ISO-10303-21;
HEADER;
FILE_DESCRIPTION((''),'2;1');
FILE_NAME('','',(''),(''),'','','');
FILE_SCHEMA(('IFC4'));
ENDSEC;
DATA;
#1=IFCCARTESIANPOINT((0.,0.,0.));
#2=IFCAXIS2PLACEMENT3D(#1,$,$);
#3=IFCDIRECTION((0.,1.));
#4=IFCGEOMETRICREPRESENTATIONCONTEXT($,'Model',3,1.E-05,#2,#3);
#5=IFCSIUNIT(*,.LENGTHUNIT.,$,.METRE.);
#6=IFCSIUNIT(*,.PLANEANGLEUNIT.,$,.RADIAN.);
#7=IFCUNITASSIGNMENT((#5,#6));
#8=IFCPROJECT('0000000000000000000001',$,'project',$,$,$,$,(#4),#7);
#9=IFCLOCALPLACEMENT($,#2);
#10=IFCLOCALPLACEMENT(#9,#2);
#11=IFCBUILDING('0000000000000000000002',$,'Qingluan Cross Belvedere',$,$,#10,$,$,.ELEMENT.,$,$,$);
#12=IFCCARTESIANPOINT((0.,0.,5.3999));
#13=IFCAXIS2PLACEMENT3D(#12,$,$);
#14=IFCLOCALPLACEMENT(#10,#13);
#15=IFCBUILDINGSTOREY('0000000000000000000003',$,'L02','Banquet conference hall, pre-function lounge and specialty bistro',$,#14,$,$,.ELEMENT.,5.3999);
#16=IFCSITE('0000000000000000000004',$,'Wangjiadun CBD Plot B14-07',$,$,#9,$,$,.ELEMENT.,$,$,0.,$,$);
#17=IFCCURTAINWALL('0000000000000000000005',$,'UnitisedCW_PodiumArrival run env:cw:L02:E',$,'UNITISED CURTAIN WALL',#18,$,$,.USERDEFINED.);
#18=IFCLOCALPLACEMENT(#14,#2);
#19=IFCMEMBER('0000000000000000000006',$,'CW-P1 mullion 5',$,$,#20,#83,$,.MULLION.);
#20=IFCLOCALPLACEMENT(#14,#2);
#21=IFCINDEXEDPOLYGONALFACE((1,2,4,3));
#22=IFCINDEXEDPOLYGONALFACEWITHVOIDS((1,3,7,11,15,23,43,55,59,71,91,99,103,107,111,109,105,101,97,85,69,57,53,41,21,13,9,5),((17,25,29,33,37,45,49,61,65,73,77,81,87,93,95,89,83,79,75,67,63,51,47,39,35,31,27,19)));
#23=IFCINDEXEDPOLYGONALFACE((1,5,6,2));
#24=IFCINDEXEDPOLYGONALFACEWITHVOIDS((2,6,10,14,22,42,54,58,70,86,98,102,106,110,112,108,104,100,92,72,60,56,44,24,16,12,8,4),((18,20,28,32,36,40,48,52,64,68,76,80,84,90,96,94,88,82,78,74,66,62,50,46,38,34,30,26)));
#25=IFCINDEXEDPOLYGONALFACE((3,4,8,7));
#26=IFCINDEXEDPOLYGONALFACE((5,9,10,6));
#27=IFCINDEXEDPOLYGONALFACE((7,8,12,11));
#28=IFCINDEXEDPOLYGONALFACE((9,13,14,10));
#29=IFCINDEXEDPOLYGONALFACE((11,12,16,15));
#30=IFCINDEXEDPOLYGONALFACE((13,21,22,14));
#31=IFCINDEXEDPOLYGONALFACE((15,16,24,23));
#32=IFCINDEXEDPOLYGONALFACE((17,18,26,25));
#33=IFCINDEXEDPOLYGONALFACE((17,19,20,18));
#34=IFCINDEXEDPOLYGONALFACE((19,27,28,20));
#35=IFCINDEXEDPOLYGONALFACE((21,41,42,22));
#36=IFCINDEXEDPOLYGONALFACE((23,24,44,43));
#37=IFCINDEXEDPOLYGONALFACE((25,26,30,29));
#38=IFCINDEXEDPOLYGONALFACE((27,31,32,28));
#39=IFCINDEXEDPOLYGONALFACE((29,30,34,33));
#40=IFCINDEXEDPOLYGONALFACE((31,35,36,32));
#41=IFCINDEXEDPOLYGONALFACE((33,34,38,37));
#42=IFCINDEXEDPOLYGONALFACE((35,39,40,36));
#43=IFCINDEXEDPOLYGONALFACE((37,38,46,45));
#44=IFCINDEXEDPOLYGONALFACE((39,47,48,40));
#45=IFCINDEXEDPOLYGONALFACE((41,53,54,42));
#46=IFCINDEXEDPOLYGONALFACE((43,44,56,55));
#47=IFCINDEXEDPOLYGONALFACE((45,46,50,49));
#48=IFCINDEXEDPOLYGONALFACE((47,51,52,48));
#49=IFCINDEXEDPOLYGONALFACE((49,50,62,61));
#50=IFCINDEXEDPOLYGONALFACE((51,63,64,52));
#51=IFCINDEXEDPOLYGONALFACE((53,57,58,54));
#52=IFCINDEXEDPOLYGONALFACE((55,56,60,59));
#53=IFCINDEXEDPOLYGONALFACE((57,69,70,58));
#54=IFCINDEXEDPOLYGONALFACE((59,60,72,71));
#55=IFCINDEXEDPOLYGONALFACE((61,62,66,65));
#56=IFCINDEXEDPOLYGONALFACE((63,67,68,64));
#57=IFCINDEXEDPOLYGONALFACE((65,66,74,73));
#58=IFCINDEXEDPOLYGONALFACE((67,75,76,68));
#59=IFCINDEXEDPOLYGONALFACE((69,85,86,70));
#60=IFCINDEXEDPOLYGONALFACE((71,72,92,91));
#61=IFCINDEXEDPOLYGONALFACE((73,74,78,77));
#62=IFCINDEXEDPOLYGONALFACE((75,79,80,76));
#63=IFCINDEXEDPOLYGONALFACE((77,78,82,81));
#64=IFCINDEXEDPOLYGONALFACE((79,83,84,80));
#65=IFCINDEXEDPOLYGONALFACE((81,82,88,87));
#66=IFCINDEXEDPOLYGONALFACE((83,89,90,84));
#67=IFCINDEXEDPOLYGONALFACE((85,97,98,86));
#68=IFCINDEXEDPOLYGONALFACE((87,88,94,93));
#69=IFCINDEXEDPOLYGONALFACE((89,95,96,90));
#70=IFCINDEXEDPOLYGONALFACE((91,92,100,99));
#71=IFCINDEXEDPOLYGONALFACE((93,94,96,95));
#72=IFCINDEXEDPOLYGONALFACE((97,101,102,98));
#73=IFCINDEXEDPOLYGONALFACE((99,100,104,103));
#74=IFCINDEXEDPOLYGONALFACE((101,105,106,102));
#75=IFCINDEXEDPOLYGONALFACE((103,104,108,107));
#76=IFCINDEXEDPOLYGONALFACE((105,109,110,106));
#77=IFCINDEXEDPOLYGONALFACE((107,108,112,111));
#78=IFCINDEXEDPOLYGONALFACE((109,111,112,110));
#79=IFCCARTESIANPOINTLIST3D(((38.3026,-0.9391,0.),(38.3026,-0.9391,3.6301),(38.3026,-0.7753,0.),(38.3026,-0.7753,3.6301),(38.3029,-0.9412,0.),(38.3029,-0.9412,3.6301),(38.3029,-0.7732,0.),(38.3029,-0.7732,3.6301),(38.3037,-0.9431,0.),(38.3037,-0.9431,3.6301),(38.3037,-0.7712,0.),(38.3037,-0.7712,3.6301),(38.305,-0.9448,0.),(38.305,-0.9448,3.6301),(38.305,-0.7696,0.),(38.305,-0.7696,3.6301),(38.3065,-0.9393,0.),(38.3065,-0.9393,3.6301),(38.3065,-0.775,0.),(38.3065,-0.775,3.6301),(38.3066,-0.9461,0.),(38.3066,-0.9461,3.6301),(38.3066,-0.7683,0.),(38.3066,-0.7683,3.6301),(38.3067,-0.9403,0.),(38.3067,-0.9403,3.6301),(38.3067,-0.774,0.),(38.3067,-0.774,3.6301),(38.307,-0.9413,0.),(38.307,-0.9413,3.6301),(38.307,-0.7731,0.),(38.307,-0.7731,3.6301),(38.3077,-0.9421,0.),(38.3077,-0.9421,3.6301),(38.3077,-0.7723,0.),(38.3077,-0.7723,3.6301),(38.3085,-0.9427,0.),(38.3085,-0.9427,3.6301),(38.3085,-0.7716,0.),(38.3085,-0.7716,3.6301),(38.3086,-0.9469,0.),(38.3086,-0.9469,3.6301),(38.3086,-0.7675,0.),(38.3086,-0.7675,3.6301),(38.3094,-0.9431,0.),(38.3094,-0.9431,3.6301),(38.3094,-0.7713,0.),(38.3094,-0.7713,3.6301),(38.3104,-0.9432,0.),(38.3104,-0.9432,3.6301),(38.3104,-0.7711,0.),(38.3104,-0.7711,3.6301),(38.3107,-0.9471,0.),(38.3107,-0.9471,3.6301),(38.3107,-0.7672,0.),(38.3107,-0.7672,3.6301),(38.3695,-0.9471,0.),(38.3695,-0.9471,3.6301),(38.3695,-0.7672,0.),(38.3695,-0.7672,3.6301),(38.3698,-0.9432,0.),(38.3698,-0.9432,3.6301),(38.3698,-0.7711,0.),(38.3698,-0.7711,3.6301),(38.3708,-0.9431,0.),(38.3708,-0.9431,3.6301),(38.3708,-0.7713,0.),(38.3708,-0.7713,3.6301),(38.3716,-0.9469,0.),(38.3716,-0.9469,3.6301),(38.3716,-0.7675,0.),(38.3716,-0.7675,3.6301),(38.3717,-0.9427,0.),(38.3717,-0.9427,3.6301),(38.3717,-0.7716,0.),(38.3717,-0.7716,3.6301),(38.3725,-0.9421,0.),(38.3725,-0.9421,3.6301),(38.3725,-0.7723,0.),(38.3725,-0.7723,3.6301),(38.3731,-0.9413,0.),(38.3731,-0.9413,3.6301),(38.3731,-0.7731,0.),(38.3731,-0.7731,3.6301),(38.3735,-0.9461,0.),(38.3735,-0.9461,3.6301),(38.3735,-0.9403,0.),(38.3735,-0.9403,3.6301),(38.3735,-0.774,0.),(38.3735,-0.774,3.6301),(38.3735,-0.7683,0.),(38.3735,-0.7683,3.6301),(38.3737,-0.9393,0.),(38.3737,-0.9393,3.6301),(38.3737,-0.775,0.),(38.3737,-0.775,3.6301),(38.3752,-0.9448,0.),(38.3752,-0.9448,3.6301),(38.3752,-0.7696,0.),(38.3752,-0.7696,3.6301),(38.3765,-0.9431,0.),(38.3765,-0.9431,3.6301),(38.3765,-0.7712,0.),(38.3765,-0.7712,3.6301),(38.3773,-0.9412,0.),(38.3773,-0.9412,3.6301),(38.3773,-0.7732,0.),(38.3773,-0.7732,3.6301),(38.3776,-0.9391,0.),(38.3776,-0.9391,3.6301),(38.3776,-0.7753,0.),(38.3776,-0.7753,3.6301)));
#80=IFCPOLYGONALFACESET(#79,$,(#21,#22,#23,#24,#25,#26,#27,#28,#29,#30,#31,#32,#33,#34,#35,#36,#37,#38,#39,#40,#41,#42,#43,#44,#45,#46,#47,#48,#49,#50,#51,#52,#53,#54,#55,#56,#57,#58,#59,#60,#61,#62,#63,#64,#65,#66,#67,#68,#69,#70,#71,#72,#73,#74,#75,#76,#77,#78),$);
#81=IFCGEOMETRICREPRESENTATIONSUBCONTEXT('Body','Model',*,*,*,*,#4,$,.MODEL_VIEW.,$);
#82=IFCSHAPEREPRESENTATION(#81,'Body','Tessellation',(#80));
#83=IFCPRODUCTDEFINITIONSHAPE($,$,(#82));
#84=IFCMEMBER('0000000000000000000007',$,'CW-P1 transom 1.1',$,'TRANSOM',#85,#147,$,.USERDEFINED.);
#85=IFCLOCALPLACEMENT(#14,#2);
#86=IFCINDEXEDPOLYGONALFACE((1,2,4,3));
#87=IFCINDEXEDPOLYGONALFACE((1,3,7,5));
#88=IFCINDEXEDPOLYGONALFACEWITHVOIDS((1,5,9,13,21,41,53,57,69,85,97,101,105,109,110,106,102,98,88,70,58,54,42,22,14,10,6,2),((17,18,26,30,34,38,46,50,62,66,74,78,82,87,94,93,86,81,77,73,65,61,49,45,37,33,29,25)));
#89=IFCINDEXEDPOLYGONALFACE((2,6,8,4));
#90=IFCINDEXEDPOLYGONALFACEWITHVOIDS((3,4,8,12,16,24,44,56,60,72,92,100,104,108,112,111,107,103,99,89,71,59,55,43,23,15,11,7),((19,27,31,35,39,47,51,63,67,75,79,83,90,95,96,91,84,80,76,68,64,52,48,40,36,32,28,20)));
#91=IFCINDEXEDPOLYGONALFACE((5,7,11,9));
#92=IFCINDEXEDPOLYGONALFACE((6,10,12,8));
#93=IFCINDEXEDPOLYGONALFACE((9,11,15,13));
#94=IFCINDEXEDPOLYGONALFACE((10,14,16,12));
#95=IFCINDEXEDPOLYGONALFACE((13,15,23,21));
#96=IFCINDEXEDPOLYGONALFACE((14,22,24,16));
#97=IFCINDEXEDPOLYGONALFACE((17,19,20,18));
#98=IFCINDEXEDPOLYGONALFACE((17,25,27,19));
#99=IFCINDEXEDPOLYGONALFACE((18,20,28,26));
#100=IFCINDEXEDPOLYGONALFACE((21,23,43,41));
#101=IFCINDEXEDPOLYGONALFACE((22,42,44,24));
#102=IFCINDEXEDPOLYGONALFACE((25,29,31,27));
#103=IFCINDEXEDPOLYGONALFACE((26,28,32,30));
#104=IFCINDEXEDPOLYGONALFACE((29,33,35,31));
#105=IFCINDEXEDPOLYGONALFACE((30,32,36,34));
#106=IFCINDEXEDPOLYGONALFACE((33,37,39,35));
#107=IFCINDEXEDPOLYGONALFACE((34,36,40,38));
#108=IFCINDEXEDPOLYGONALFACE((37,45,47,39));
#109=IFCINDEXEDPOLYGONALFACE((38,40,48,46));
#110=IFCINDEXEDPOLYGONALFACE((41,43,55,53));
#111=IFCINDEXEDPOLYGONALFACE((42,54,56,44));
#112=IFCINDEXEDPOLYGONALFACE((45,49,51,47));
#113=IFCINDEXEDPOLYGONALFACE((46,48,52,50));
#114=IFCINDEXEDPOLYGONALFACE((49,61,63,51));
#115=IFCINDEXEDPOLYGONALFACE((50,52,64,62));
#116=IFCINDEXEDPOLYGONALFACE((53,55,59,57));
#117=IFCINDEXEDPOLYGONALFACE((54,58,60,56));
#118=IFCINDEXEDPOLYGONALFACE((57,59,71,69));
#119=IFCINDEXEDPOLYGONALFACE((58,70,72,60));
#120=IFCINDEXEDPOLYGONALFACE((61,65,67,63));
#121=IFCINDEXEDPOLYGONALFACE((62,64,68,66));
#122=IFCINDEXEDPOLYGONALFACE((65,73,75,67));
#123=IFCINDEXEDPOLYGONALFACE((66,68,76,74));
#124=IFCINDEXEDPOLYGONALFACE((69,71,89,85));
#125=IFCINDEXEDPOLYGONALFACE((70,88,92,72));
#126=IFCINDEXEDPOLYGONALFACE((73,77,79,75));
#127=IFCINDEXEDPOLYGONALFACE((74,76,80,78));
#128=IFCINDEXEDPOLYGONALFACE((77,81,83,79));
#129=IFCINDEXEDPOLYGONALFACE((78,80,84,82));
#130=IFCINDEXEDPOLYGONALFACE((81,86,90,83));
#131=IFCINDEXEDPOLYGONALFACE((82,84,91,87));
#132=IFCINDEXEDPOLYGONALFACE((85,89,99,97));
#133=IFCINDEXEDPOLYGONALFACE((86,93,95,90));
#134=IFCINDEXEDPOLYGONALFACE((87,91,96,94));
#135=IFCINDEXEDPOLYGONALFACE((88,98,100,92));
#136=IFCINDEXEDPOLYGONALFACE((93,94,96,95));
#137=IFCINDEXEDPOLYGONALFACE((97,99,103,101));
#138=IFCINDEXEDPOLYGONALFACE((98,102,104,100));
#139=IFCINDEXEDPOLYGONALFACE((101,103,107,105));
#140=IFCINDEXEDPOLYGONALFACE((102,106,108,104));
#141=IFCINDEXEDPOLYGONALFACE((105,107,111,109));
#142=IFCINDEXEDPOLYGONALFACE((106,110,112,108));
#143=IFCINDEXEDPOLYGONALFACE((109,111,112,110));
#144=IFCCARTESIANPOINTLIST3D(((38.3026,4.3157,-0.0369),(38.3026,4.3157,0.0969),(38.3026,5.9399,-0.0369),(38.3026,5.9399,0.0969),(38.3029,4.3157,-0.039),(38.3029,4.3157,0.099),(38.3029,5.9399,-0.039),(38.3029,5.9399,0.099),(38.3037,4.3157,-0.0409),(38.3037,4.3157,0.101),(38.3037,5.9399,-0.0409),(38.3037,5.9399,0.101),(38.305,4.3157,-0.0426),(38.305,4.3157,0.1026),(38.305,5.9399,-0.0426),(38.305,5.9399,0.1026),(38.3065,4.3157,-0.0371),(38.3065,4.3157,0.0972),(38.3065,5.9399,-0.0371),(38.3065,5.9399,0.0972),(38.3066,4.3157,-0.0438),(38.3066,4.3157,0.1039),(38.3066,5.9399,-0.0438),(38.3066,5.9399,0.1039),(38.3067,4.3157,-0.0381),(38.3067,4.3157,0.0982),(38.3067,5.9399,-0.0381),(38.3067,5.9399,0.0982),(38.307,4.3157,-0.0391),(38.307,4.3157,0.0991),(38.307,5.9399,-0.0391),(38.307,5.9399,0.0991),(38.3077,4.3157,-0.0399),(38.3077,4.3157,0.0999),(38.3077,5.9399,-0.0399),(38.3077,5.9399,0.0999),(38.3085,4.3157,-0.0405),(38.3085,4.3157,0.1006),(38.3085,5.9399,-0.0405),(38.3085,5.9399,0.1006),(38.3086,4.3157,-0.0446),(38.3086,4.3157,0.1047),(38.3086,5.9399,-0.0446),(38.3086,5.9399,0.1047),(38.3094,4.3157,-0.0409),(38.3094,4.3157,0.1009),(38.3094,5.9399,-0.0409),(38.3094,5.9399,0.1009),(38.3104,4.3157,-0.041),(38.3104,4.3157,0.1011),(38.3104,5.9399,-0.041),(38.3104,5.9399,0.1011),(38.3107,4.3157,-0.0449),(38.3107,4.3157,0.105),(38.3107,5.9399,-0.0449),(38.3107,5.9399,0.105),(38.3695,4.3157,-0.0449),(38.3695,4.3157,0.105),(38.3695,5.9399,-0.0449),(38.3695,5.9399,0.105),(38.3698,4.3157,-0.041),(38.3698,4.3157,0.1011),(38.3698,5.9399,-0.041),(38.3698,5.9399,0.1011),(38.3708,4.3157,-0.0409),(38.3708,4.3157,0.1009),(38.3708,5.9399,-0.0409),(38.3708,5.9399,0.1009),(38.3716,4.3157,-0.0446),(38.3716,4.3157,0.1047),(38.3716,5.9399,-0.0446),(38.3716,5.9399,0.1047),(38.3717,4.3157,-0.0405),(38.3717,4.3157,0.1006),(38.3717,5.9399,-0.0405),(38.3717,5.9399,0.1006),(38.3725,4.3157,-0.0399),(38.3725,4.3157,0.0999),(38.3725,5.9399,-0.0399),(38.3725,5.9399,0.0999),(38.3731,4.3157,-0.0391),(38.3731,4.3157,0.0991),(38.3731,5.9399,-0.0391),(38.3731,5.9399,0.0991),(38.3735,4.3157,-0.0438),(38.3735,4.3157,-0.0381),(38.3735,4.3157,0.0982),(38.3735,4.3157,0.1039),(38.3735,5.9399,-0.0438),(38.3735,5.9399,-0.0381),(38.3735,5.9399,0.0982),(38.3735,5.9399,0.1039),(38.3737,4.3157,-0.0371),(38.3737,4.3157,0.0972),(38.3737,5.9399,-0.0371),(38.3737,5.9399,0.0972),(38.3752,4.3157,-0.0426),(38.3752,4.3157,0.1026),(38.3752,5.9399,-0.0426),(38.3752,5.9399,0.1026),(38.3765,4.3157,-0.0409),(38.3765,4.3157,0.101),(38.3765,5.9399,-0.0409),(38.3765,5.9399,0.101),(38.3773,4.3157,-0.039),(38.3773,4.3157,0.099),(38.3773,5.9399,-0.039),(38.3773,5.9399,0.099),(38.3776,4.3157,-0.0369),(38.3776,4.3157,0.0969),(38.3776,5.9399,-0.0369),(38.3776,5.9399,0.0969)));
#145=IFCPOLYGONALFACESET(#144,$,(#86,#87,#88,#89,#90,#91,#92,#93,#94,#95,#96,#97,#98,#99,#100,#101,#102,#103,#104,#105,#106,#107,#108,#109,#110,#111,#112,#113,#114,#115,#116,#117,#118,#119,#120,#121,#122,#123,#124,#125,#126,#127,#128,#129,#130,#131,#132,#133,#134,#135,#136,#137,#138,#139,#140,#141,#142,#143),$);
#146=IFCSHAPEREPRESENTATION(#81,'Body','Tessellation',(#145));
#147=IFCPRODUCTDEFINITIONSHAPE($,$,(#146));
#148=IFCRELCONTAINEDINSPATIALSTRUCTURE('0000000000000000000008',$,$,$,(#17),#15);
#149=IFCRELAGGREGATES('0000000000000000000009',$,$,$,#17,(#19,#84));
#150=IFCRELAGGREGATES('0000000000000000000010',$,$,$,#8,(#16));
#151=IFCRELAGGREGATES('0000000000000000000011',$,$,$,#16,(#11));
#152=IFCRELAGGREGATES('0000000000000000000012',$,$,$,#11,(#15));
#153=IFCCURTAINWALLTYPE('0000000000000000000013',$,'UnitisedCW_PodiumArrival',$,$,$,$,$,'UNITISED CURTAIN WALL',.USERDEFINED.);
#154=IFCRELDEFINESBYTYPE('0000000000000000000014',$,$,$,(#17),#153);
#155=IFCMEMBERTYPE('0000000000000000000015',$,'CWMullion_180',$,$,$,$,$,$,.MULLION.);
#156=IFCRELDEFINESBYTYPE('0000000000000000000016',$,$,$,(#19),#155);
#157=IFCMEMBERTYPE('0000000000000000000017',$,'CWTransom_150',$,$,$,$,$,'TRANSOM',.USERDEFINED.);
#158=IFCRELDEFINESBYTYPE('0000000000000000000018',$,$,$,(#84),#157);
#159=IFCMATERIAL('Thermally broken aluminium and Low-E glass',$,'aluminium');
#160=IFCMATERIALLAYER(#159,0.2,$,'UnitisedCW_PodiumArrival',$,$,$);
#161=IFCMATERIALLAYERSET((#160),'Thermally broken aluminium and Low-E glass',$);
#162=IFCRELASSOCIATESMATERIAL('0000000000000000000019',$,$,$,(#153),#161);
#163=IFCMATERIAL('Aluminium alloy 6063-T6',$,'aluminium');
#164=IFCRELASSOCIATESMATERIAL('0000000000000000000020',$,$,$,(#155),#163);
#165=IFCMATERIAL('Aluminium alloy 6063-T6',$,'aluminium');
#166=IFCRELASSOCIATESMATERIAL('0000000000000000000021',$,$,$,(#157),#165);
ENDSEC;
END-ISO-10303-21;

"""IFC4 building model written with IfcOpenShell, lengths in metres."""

from ifc_helpers import new_model, si_unit, direction, frame, origin, origin_2d, place, context, subcontext, project, spatial, hollow_rectangle, extrude, material, layer, layer_set, material_profile, profile_set, type_object, element, aggregate, save


model = new_model("IFC4")

# Units and contexts
model_context = context("Model", 3, precision=1e-05, world=origin(), true_north=direction((0.0, 1.0)))
body_context = subcontext(model_context, "Body", "Model", "MODEL_VIEW")
ifc_project = project(units=[si_unit("LENGTHUNIT", "METRE"), si_unit("PLANEANGLEUNIT", "RADIAN")], contexts=[model_context])

# Site, building, storey
site_placement = place(None, origin())
site = spatial("IfcSite", under=ifc_project, at=site_placement, Name="Wangjiadun CBD Plot B14-07", CompositionType="ELEMENT", RefElevation=0.0)
building_placement = place(site_placement, origin())
building = spatial("IfcBuilding", under=site, at=building_placement, Name="Qingluan Cross Belvedere", CompositionType="ELEMENT")
storey_placement = place(building_placement, frame((0.0, 0.0, 5.3999)))
storey = spatial("IfcBuildingStorey", under=building, at=storey_placement, Name="L02", Description="Banquet conference hall, pre-function lounge and specialty bistro", CompositionType="ELEMENT", Elevation=5.3999)

# Curtain wall, members
ifc_material_1 = material(Name="Thermally broken aluminium and Low-E glass", Category="aluminium")
ifc_layer_1 = layer(ifc_material_1, 0.2, Name="UnitisedCW_PodiumArrival")
ifc_layer_set_1 = layer_set([ifc_layer_1], Name="Thermally broken aluminium and Low-E glass")
curtain_wall_type = type_object("IfcCurtainWallType", Name="UnitisedCW_PodiumArrival", ElementType="UNITISED CURTAIN WALL", PredefinedType="USERDEFINED", material=ifc_layer_set_1)
curtain_wall_placement = place(storey_placement, origin())
curtain_wall = element("IfcCurtainWall", 1, at=curtain_wall_placement, inside=storey, type_object=curtain_wall_type, Name="UnitisedCW_PodiumArrival run env:cw:L02:E", ObjectType="UNITISED CURTAIN WALL", PredefinedType="USERDEFINED")
ifc_material_2 = material(Name="Aluminium alloy 6063-T6", Category="aluminium")
ifc_material_profile_1 = material_profile(ifc_material_2, hollow_rectangle(XDim=0.075, YDim=0.1799, WallThickness=0.0039, InnerFilletRadius=0.0039, OuterFilletRadius=0.0081, at=origin_2d()), Name="CWM180x75x4")
ifc_profile_set_1 = profile_set([ifc_material_profile_1], Name="Aluminium alloy 6063-T6")
member_type_1 = type_object("IfcMemberType", Name="CWMullion_180", PredefinedType="MULLION", material=ifc_profile_set_1)
member_1_placement = place(storey_placement, frame((38.3401, -0.8572, 0.0), z_axis=(0.0, 0.0, 1.0), x_axis=(1.0, 0.0, 0.0)))
member_1 = element("IfcMember", 2, at=member_1_placement, type_object=member_type_1, Name="CW-P1 mullion 5", PredefinedType="MULLION", context=body_context, shape_type="SweptSolid", body=[
    extrude(hollow_rectangle(XDim=0.075, YDim=0.1799, WallThickness=0.0039, InnerFilletRadius=0.0039, OuterFilletRadius=0.0081, at=origin_2d()), origin(), (0.0, 0.0, 1.0), 3.6301),
])
ifc_material_3 = material(Name="Aluminium alloy 6063-T6", Category="aluminium")
ifc_material_profile_2 = material_profile(ifc_material_3, hollow_rectangle(XDim=0.075, YDim=0.1499, WallThickness=0.0039, InnerFilletRadius=0.0039, OuterFilletRadius=0.0081, at=origin_2d()), Name="CWT150x75x4")
ifc_profile_set_2 = profile_set([ifc_material_profile_2], Name="Aluminium alloy 6063-T6")
member_type_2 = type_object("IfcMemberType", Name="CWTransom_150", ElementType="TRANSOM", PredefinedType="USERDEFINED", material=ifc_profile_set_2)
member_2_placement = place(storey_placement, frame((38.3401, 5.9399, 0.03), z_axis=(0.0, -1.0, 0.0), x_axis=(1.0, 0.0, 0.0)))
member_2 = element("IfcMember", 3, at=member_2_placement, type_object=member_type_2, Name="CW-P1 transom 1.1", ObjectType="TRANSOM", PredefinedType="USERDEFINED", context=body_context, shape_type="SweptSolid", body=[
    extrude(hollow_rectangle(XDim=0.075, YDim=0.1499, WallThickness=0.0039, InnerFilletRadius=0.0039, OuterFilletRadius=0.0081, at=origin_2d()), origin(), (0.0, 0.0, 1.0), 1.6243),
])
aggregate(curtain_wall, [member_1, member_2])

save(model, "model.ifc")
